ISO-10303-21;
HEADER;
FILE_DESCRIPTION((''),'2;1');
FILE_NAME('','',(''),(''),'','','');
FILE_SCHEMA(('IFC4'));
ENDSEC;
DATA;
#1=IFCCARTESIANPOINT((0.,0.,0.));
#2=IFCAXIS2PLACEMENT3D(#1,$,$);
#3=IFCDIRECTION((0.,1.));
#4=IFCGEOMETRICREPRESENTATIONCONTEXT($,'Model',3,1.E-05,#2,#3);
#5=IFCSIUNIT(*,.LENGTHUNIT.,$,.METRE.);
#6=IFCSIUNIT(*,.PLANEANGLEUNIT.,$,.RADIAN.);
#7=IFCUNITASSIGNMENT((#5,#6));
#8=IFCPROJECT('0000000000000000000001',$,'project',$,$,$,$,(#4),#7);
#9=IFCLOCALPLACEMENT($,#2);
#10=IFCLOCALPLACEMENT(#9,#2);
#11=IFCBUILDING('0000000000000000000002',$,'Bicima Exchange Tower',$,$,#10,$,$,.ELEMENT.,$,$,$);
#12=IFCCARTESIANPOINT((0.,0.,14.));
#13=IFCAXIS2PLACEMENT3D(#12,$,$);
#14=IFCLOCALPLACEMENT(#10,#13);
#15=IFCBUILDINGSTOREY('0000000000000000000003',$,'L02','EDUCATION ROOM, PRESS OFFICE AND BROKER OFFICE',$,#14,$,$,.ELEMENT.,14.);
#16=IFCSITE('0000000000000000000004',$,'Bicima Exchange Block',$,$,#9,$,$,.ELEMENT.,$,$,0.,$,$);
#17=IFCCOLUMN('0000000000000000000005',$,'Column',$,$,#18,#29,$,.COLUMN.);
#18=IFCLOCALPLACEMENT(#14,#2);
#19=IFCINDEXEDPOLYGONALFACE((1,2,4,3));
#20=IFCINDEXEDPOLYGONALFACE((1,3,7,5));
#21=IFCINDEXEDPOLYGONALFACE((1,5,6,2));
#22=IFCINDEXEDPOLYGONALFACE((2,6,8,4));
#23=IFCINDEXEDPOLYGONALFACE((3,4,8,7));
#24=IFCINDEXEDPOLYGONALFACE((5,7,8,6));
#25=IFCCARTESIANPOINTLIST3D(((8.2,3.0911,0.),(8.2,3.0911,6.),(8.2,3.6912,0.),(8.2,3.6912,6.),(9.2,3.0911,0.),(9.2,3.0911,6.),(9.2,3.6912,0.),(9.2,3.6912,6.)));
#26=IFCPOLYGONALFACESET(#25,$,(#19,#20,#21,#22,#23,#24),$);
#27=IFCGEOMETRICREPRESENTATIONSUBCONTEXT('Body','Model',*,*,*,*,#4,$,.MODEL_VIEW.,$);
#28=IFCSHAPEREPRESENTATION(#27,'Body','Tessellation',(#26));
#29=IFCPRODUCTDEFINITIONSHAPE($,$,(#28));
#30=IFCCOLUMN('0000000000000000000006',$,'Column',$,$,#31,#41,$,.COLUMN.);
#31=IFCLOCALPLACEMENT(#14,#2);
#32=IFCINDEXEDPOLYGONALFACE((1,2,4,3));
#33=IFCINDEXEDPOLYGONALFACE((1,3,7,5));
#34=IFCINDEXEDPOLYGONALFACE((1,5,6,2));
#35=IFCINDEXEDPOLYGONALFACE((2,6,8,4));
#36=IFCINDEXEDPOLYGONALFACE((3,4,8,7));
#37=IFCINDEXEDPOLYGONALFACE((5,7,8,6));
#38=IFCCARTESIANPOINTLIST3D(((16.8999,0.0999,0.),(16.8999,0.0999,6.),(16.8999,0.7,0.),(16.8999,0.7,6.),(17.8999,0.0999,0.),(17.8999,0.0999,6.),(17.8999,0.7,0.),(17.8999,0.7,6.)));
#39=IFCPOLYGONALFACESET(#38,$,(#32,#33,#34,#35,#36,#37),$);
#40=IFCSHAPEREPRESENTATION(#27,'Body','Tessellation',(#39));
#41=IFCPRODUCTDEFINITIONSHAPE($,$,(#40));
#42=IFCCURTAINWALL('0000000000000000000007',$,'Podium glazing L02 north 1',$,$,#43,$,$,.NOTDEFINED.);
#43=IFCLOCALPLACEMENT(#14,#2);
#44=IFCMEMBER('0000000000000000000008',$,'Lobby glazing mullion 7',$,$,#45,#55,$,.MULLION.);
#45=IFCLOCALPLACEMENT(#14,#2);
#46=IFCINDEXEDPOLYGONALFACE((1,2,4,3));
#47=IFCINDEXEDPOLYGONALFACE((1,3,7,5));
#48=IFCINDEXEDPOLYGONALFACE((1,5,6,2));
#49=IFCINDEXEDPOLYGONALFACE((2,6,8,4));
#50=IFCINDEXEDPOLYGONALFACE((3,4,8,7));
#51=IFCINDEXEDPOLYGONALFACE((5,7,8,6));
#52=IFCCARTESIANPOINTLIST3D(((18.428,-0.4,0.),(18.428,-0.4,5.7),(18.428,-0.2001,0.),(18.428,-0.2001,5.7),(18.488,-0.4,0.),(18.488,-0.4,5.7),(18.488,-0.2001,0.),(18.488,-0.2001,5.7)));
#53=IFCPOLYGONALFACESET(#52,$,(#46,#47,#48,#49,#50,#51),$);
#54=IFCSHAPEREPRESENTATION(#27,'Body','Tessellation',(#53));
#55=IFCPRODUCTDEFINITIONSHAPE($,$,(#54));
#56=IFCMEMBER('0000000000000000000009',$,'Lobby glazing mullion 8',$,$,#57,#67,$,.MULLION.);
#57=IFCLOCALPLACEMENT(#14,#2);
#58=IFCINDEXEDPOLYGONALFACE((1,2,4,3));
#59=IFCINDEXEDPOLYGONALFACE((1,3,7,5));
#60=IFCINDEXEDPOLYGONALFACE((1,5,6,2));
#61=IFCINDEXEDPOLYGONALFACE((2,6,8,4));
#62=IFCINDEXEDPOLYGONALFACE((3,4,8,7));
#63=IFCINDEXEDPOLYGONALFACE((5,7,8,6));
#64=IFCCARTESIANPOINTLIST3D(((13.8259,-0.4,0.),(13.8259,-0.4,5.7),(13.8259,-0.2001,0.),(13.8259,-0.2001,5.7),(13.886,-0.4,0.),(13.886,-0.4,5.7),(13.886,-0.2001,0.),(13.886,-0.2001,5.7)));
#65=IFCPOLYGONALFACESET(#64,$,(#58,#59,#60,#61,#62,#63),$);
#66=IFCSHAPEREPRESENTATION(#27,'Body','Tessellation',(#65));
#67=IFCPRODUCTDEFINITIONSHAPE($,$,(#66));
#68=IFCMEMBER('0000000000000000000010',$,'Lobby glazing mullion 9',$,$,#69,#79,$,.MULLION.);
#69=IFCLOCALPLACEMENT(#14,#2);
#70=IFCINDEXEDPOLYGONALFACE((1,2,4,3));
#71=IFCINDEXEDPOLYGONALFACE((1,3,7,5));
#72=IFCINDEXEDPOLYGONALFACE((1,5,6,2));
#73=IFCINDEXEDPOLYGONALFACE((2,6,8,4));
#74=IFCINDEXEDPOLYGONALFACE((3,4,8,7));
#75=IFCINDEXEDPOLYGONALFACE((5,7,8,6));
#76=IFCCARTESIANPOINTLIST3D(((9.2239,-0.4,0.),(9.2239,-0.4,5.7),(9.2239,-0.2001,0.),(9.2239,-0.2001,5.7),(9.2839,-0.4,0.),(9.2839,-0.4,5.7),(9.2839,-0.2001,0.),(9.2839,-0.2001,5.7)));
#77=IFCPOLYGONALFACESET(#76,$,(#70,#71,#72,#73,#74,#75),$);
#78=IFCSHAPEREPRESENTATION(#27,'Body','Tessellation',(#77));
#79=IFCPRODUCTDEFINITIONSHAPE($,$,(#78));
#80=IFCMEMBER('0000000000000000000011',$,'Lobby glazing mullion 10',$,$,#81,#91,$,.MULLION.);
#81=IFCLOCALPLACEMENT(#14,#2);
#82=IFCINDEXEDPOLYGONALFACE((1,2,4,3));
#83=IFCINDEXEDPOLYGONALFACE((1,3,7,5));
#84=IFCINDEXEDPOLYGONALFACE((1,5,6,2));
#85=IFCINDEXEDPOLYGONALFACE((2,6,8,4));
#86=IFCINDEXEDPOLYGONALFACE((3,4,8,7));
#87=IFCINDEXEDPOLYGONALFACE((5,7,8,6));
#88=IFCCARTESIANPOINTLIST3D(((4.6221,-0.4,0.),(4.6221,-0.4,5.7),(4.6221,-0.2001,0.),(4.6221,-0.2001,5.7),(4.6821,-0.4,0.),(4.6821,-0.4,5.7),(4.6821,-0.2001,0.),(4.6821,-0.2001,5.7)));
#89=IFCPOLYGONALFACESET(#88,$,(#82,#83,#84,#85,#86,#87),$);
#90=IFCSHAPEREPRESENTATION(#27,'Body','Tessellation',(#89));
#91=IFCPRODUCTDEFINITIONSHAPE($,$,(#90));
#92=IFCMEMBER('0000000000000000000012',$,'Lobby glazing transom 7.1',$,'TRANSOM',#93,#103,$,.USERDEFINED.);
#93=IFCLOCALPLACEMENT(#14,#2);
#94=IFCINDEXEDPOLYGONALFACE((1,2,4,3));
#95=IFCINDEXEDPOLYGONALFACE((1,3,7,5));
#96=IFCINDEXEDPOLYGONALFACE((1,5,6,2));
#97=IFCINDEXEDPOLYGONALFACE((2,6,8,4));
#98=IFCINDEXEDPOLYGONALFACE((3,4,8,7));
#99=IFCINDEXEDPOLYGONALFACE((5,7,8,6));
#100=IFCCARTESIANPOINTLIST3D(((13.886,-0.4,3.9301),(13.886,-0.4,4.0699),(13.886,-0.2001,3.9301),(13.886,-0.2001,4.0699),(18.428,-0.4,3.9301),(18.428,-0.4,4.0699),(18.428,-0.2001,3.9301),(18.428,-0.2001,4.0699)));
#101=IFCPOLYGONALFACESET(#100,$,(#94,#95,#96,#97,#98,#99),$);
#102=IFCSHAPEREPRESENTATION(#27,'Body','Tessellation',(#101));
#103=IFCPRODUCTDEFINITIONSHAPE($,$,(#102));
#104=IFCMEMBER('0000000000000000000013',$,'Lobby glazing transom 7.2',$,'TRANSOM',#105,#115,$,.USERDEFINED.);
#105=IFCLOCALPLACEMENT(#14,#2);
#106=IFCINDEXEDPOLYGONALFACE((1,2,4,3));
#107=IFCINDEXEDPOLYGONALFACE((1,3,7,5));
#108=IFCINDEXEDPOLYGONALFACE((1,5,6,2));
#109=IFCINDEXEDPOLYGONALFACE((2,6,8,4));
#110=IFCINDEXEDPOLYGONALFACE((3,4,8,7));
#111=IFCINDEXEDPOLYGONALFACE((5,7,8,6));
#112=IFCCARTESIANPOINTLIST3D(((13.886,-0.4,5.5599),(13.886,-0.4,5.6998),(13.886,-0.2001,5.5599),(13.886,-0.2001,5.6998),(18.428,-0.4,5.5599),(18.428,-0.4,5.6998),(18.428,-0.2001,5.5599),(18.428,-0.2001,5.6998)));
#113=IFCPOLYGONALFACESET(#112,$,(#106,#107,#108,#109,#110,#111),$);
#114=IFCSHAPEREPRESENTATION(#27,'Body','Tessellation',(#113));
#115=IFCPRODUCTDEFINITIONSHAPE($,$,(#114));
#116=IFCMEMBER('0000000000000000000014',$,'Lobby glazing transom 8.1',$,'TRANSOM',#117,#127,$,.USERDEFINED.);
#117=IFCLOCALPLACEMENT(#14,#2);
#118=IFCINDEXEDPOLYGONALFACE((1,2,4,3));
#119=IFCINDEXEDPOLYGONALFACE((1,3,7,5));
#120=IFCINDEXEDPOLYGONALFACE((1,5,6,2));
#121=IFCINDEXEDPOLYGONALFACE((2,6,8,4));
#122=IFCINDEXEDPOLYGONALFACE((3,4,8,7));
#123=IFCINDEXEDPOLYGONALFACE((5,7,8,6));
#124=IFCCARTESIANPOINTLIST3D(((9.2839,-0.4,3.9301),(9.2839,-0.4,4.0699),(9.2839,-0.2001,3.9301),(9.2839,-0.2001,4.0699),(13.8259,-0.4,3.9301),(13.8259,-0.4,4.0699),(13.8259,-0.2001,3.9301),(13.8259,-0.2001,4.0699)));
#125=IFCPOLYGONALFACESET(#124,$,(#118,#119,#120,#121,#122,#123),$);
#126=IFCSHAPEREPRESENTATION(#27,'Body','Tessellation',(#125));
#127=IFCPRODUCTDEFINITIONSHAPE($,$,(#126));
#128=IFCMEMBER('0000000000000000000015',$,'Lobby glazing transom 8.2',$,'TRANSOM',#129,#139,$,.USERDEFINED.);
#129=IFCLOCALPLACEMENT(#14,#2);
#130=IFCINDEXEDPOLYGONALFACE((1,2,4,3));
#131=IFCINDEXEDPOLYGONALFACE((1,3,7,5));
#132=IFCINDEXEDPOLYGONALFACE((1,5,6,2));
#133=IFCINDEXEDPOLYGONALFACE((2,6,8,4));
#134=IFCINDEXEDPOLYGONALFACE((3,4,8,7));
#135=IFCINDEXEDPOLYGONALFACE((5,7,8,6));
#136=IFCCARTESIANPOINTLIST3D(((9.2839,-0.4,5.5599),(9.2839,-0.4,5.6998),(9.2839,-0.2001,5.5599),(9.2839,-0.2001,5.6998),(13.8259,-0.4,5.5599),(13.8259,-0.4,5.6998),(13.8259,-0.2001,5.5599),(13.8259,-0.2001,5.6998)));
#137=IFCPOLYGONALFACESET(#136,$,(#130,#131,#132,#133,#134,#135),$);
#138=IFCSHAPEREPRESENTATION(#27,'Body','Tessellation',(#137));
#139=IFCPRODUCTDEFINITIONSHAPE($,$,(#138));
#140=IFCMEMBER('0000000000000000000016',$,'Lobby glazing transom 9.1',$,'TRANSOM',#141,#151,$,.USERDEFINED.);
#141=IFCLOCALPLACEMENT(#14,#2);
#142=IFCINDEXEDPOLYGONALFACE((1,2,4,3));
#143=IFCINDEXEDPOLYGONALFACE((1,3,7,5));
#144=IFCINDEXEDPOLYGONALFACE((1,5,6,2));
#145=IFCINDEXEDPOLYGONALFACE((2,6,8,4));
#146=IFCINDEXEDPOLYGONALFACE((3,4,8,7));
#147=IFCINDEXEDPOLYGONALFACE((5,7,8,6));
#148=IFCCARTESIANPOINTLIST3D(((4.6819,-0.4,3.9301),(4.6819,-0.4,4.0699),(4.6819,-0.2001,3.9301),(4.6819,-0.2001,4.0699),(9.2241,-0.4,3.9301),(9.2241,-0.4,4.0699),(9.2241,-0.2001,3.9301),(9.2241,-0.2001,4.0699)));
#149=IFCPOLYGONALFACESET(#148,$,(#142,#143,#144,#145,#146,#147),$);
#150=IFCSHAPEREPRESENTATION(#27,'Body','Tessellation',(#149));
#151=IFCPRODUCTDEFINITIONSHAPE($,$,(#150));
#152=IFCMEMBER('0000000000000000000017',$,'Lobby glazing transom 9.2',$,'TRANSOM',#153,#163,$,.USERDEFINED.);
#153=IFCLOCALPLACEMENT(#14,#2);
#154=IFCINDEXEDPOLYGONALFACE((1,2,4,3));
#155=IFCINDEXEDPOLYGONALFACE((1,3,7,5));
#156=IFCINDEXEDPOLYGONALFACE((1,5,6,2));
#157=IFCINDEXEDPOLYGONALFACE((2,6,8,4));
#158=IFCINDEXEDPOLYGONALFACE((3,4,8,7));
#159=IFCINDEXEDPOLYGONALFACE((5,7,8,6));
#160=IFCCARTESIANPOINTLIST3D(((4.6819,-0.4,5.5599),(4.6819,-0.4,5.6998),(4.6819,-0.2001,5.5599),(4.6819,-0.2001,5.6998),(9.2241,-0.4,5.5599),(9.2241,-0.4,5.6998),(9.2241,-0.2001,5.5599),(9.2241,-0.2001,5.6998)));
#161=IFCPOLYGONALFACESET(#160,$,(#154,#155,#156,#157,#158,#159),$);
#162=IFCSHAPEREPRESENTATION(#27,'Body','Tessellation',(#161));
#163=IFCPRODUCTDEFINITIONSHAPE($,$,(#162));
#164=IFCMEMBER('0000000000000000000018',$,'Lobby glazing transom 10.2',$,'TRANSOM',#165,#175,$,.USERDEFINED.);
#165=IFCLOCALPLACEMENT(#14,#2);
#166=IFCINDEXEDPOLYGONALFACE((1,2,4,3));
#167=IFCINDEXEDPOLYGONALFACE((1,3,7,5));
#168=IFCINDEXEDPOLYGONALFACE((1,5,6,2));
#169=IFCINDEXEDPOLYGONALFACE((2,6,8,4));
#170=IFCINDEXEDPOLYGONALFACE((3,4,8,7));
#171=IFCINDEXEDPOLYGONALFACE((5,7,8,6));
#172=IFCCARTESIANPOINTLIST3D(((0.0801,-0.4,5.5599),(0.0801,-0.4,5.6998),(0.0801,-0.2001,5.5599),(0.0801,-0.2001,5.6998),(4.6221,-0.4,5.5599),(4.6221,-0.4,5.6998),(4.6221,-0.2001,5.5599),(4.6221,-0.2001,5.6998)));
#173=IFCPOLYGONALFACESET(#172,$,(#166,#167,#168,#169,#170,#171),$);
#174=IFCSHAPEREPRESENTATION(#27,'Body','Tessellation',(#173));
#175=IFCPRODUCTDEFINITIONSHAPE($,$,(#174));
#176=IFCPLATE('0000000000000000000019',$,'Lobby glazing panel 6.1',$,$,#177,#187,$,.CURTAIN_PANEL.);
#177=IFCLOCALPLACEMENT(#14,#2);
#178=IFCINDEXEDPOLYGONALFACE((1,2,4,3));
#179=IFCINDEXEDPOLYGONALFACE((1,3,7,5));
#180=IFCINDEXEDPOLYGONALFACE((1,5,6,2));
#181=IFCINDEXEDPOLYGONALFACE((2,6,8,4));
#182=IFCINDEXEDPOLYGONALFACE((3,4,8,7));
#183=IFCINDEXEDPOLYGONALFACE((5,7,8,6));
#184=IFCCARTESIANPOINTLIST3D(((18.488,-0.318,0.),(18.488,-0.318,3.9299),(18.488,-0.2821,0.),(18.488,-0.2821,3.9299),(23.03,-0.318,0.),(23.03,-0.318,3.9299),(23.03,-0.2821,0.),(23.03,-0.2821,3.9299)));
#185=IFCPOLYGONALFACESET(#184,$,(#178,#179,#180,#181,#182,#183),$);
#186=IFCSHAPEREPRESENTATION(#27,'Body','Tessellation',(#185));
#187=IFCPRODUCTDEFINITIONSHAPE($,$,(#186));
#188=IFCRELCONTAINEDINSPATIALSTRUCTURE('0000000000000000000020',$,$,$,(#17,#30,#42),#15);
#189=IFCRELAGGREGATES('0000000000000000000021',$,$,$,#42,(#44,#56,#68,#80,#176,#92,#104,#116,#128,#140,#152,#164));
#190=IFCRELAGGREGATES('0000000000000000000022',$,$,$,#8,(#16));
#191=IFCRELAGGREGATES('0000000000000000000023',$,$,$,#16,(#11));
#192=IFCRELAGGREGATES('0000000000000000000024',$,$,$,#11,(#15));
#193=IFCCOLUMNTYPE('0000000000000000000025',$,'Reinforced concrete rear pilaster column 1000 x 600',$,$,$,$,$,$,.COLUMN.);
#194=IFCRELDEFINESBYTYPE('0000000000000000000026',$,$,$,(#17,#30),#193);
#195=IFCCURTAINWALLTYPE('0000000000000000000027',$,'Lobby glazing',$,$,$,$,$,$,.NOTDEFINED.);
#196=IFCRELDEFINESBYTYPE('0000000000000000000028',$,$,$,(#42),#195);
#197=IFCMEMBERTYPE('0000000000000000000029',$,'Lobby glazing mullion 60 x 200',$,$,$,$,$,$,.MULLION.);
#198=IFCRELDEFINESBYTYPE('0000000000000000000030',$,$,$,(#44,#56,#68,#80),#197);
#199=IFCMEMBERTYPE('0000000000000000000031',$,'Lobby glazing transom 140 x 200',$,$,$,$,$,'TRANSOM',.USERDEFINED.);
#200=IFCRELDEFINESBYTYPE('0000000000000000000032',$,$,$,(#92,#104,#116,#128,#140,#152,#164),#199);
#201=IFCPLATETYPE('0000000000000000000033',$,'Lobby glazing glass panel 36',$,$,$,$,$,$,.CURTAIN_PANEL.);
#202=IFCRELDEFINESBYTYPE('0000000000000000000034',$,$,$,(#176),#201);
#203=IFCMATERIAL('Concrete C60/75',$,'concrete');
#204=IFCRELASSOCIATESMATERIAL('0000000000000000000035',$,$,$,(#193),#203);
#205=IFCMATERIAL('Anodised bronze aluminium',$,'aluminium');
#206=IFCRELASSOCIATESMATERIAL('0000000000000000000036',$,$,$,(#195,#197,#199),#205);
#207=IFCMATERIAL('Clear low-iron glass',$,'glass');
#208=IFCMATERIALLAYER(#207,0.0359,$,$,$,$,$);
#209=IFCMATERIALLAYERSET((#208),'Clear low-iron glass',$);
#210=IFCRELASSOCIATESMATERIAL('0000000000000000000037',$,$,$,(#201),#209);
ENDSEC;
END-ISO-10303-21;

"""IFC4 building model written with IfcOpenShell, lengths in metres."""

from ifc_helpers import new_model, si_unit, direction, frame, origin, origin_2d, place, context, subcontext, project, spatial, rectangle, extrude, material, layer, layer_set, material_profile, profile_set, type_object, element, aggregate, save


model = new_model("IFC4")

# Units and contexts
model_context = context("Model", 3, precision=1e-05, world=origin(), true_north=direction((0.0, 1.0)))
body_context = subcontext(model_context, "Body", "Model", "MODEL_VIEW")
ifc_project = project(units=[si_unit("LENGTHUNIT", "METRE"), si_unit("PLANEANGLEUNIT", "RADIAN")], contexts=[model_context])

# Site, building, storey
site_placement = place(None, origin())
site = spatial("IfcSite", under=ifc_project, at=site_placement, Name="Bicima Exchange Block", CompositionType="ELEMENT", RefElevation=0.0)
building_placement = place(site_placement, origin())
building = spatial("IfcBuilding", under=site, at=building_placement, Name="Bicima Exchange Tower", CompositionType="ELEMENT")
storey_placement = place(building_placement, frame((0.0, 0.0, 14.0)))
storey = spatial("IfcBuildingStorey", under=building, at=storey_placement, Name="L02", Description="EDUCATION ROOM, PRESS OFFICE AND BROKER OFFICE", CompositionType="ELEMENT", Elevation=14.0)

# Columns
ifc_material_1 = material(Name="Concrete C60/75", Category="concrete")
ifc_material_profile_1 = material_profile(ifc_material_1, rectangle(XDim=1.0, YDim=0.6001, at=origin_2d()))
ifc_profile_set_1 = profile_set([ifc_material_profile_1], Name="Concrete C60/75")
column_type = type_object("IfcColumnType", Name="Reinforced concrete rear pilaster column 1000 x 600", PredefinedType="COLUMN", material=ifc_profile_set_1)
for number, where, z_axis, x_axis, name in (
    (1, (8.7, 3.3911, 0.0), (0.0, 0.0, 1.0), (1.0, 0.0, 0.0), "Column"),
    (2, (17.3999, 0.3999, 0.0), (0.0, 0.0, 1.0), (1.0, 0.0, 0.0), "Column"),
):
    element("IfcColumn", number, at=place(storey_placement, frame(where, z_axis=z_axis, x_axis=x_axis)), inside=storey, type_object=column_type, Name=name, PredefinedType="COLUMN", context=body_context, shape_type="SweptSolid", body=[
        extrude(rectangle(XDim=1.0, YDim=0.6001, at=origin_2d()), origin(), (0.0, 0.0, 1.0), 6.0),
    ])

# Curtain wall, members, plate
ifc_material_2 = material(Name="Anodised bronze aluminium", Category="aluminium")
curtain_wall_type = type_object("IfcCurtainWallType", Name="Lobby glazing", PredefinedType="NOTDEFINED", material=ifc_material_2)
curtain_wall_placement = place(storey_placement, origin())
curtain_wall = element("IfcCurtainWall", 3, at=curtain_wall_placement, inside=storey, type_object=curtain_wall_type, Name="Podium glazing L02 north 1", PredefinedType="NOTDEFINED")
ifc_material_profile_2 = material_profile(ifc_material_2, rectangle(XDim=0.2, YDim=0.0601, at=origin_2d()))
ifc_profile_set_2 = profile_set([ifc_material_profile_2], Name="Anodised bronze aluminium")
member_type_1 = type_object("IfcMemberType", Name="Lobby glazing mullion 60 x 200", PredefinedType="MULLION", material=ifc_profile_set_2)
member_1_placement = place(storey_placement, frame((18.458, -0.3, 0.0), z_axis=(0.0, 0.0, 1.0), x_axis=(0.0, -1.0, 0.0)))
member_1 = element("IfcMember", 4, at=member_1_placement, type_object=member_type_1, Name="Lobby glazing mullion 7", PredefinedType="MULLION", context=body_context, shape_type="SweptSolid", body=[
    extrude(rectangle(XDim=0.2, YDim=0.0601, at=origin_2d()), origin(), (0.0, 0.0, 1.0), 5.7),
])
member_2_placement = place(storey_placement, frame((13.856, -0.3, 0.0), z_axis=(0.0, 0.0, 1.0), x_axis=(0.0, -1.0, 0.0)))
member_2 = element("IfcMember", 5, at=member_2_placement, type_object=member_type_1, Name="Lobby glazing mullion 8", PredefinedType="MULLION", context=body_context, shape_type="SweptSolid", body=[
    extrude(rectangle(XDim=0.2, YDim=0.0601, at=origin_2d()), origin(), (0.0, 0.0, 1.0), 5.7),
])
member_3_placement = place(storey_placement, frame((9.2539, -0.3, 0.0), z_axis=(0.0, 0.0, 1.0), x_axis=(0.0, -1.0, 0.0)))
member_3 = element("IfcMember", 6, at=member_3_placement, type_object=member_type_1, Name="Lobby glazing mullion 9", PredefinedType="MULLION", context=body_context, shape_type="SweptSolid", body=[
    extrude(rectangle(XDim=0.2, YDim=0.0601, at=origin_2d()), origin(), (0.0, 0.0, 1.0), 5.7),
])
member_4_placement = place(storey_placement, frame((4.6521, -0.3, 0.0), z_axis=(0.0, 0.0, 1.0), x_axis=(0.0, -1.0, 0.0)))
member_4 = element("IfcMember", 7, at=member_4_placement, type_object=member_type_1, Name="Lobby glazing mullion 10", PredefinedType="MULLION", context=body_context, shape_type="SweptSolid", body=[
    extrude(rectangle(XDim=0.2, YDim=0.0601, at=origin_2d()), origin(), (0.0, 0.0, 1.0), 5.7),
])
ifc_material_profile_3 = material_profile(ifc_material_2, rectangle(XDim=0.2, YDim=0.1399, at=origin_2d()))
ifc_profile_set_3 = profile_set([ifc_material_profile_3], Name="Anodised bronze aluminium")
member_type_2 = type_object("IfcMemberType", Name="Lobby glazing transom 140 x 200", ElementType="TRANSOM", PredefinedType="USERDEFINED", material=ifc_profile_set_3)
member_5_placement = place(storey_placement, frame((18.428, -0.3, 4.0), z_axis=(-1.0, 0.0, 0.0), x_axis=(0.0, -1.0, 0.0)))
member_5 = element("IfcMember", 8, at=member_5_placement, type_object=member_type_2, Name="Lobby glazing transom 7.1", ObjectType="TRANSOM", PredefinedType="USERDEFINED", context=body_context, shape_type="SweptSolid", body=[
    extrude(rectangle(XDim=0.2, YDim=0.1399, at=origin_2d()), origin(), (0.0, 0.0, 1.0), 4.542),
])
member_6_placement = place(storey_placement, frame((18.428, -0.3, 5.6299), z_axis=(-1.0, 0.0, 0.0), x_axis=(0.0, -1.0, 0.0)))
member_6 = element("IfcMember", 9, at=member_6_placement, type_object=member_type_2, Name="Lobby glazing transom 7.2", ObjectType="TRANSOM", PredefinedType="USERDEFINED", context=body_context, shape_type="SweptSolid", body=[
    extrude(rectangle(XDim=0.2, YDim=0.1399, at=origin_2d()), origin(), (0.0, 0.0, 1.0), 4.542),
])
member_7_placement = place(storey_placement, frame((13.8259, -0.3, 4.0), z_axis=(-1.0, 0.0, 0.0), x_axis=(0.0, -1.0, 0.0)))
member_7 = element("IfcMember", 10, at=member_7_placement, type_object=member_type_2, Name="Lobby glazing transom 8.1", ObjectType="TRANSOM", PredefinedType="USERDEFINED", context=body_context, shape_type="SweptSolid", body=[
    extrude(rectangle(XDim=0.2, YDim=0.1399, at=origin_2d()), origin(), (0.0, 0.0, 1.0), 4.542),
])
member_8_placement = place(storey_placement, frame((13.8259, -0.3, 5.6299), z_axis=(-1.0, 0.0, 0.0), x_axis=(0.0, -1.0, 0.0)))
member_8 = element("IfcMember", 11, at=member_8_placement, type_object=member_type_2, Name="Lobby glazing transom 8.2", ObjectType="TRANSOM", PredefinedType="USERDEFINED", context=body_context, shape_type="SweptSolid", body=[
    extrude(rectangle(XDim=0.2, YDim=0.1399, at=origin_2d()), origin(), (0.0, 0.0, 1.0), 4.542),
])
member_9_placement = place(storey_placement, frame((9.2241, -0.3, 4.0), z_axis=(-1.0, 0.0, 0.0), x_axis=(0.0, -1.0, 0.0)))
member_9 = element("IfcMember", 12, at=member_9_placement, type_object=member_type_2, Name="Lobby glazing transom 9.1", ObjectType="TRANSOM", PredefinedType="USERDEFINED", context=body_context, shape_type="SweptSolid", body=[
    extrude(rectangle(XDim=0.2, YDim=0.1399, at=origin_2d()), origin(), (0.0, 0.0, 1.0), 4.5422),
])
member_10_placement = place(storey_placement, frame((9.2241, -0.3, 5.6299), z_axis=(-1.0, 0.0, 0.0), x_axis=(0.0, -1.0, 0.0)))
member_10 = element("IfcMember", 13, at=member_10_placement, type_object=member_type_2, Name="Lobby glazing transom 9.2", ObjectType="TRANSOM", PredefinedType="USERDEFINED", context=body_context, shape_type="SweptSolid", body=[
    extrude(rectangle(XDim=0.2, YDim=0.1399, at=origin_2d()), origin(), (0.0, 0.0, 1.0), 4.5422),
])
member_11_placement = place(storey_placement, frame((4.6221, -0.3, 5.6299), z_axis=(-1.0, 0.0, 0.0), x_axis=(0.0, -1.0, 0.0)))
member_11 = element("IfcMember", 14, at=member_11_placement, type_object=member_type_2, Name="Lobby glazing transom 10.2", ObjectType="TRANSOM", PredefinedType="USERDEFINED", context=body_context, shape_type="SweptSolid", body=[
    extrude(rectangle(XDim=0.2, YDim=0.1399, at=origin_2d()), origin(), (0.0, 0.0, 1.0), 4.542),
])
ifc_material_3 = material(Name="Clear low-iron glass", Category="glass")
ifc_layer_1 = layer(ifc_material_3, 0.0359)
ifc_layer_set_1 = layer_set([ifc_layer_1], Name="Clear low-iron glass")
plate_type = type_object("IfcPlateType", Name="Lobby glazing glass panel 36", PredefinedType="CURTAIN_PANEL", material=ifc_layer_set_1)
plate_1_placement = place(storey_placement, frame((20.759, -0.3, 0.0), z_axis=(0.0, 0.0, 1.0), x_axis=(-1.0, 0.0, 0.0)))
plate_1 = element("IfcPlate", 15, at=plate_1_placement, type_object=plate_type, Name="Lobby glazing panel 6.1", PredefinedType="CURTAIN_PANEL", context=body_context, shape_type="SweptSolid", body=[
    extrude(rectangle(XDim=4.542, YDim=0.0359, at=origin_2d()), origin(), (0.0, 0.0, 1.0), 3.9299),
])
aggregate(curtain_wall, [member_1, member_2, member_3, member_4, plate_1, member_5, member_6, member_7, member_8, member_9, member_10, member_11])

save(model, "model.ifc")
